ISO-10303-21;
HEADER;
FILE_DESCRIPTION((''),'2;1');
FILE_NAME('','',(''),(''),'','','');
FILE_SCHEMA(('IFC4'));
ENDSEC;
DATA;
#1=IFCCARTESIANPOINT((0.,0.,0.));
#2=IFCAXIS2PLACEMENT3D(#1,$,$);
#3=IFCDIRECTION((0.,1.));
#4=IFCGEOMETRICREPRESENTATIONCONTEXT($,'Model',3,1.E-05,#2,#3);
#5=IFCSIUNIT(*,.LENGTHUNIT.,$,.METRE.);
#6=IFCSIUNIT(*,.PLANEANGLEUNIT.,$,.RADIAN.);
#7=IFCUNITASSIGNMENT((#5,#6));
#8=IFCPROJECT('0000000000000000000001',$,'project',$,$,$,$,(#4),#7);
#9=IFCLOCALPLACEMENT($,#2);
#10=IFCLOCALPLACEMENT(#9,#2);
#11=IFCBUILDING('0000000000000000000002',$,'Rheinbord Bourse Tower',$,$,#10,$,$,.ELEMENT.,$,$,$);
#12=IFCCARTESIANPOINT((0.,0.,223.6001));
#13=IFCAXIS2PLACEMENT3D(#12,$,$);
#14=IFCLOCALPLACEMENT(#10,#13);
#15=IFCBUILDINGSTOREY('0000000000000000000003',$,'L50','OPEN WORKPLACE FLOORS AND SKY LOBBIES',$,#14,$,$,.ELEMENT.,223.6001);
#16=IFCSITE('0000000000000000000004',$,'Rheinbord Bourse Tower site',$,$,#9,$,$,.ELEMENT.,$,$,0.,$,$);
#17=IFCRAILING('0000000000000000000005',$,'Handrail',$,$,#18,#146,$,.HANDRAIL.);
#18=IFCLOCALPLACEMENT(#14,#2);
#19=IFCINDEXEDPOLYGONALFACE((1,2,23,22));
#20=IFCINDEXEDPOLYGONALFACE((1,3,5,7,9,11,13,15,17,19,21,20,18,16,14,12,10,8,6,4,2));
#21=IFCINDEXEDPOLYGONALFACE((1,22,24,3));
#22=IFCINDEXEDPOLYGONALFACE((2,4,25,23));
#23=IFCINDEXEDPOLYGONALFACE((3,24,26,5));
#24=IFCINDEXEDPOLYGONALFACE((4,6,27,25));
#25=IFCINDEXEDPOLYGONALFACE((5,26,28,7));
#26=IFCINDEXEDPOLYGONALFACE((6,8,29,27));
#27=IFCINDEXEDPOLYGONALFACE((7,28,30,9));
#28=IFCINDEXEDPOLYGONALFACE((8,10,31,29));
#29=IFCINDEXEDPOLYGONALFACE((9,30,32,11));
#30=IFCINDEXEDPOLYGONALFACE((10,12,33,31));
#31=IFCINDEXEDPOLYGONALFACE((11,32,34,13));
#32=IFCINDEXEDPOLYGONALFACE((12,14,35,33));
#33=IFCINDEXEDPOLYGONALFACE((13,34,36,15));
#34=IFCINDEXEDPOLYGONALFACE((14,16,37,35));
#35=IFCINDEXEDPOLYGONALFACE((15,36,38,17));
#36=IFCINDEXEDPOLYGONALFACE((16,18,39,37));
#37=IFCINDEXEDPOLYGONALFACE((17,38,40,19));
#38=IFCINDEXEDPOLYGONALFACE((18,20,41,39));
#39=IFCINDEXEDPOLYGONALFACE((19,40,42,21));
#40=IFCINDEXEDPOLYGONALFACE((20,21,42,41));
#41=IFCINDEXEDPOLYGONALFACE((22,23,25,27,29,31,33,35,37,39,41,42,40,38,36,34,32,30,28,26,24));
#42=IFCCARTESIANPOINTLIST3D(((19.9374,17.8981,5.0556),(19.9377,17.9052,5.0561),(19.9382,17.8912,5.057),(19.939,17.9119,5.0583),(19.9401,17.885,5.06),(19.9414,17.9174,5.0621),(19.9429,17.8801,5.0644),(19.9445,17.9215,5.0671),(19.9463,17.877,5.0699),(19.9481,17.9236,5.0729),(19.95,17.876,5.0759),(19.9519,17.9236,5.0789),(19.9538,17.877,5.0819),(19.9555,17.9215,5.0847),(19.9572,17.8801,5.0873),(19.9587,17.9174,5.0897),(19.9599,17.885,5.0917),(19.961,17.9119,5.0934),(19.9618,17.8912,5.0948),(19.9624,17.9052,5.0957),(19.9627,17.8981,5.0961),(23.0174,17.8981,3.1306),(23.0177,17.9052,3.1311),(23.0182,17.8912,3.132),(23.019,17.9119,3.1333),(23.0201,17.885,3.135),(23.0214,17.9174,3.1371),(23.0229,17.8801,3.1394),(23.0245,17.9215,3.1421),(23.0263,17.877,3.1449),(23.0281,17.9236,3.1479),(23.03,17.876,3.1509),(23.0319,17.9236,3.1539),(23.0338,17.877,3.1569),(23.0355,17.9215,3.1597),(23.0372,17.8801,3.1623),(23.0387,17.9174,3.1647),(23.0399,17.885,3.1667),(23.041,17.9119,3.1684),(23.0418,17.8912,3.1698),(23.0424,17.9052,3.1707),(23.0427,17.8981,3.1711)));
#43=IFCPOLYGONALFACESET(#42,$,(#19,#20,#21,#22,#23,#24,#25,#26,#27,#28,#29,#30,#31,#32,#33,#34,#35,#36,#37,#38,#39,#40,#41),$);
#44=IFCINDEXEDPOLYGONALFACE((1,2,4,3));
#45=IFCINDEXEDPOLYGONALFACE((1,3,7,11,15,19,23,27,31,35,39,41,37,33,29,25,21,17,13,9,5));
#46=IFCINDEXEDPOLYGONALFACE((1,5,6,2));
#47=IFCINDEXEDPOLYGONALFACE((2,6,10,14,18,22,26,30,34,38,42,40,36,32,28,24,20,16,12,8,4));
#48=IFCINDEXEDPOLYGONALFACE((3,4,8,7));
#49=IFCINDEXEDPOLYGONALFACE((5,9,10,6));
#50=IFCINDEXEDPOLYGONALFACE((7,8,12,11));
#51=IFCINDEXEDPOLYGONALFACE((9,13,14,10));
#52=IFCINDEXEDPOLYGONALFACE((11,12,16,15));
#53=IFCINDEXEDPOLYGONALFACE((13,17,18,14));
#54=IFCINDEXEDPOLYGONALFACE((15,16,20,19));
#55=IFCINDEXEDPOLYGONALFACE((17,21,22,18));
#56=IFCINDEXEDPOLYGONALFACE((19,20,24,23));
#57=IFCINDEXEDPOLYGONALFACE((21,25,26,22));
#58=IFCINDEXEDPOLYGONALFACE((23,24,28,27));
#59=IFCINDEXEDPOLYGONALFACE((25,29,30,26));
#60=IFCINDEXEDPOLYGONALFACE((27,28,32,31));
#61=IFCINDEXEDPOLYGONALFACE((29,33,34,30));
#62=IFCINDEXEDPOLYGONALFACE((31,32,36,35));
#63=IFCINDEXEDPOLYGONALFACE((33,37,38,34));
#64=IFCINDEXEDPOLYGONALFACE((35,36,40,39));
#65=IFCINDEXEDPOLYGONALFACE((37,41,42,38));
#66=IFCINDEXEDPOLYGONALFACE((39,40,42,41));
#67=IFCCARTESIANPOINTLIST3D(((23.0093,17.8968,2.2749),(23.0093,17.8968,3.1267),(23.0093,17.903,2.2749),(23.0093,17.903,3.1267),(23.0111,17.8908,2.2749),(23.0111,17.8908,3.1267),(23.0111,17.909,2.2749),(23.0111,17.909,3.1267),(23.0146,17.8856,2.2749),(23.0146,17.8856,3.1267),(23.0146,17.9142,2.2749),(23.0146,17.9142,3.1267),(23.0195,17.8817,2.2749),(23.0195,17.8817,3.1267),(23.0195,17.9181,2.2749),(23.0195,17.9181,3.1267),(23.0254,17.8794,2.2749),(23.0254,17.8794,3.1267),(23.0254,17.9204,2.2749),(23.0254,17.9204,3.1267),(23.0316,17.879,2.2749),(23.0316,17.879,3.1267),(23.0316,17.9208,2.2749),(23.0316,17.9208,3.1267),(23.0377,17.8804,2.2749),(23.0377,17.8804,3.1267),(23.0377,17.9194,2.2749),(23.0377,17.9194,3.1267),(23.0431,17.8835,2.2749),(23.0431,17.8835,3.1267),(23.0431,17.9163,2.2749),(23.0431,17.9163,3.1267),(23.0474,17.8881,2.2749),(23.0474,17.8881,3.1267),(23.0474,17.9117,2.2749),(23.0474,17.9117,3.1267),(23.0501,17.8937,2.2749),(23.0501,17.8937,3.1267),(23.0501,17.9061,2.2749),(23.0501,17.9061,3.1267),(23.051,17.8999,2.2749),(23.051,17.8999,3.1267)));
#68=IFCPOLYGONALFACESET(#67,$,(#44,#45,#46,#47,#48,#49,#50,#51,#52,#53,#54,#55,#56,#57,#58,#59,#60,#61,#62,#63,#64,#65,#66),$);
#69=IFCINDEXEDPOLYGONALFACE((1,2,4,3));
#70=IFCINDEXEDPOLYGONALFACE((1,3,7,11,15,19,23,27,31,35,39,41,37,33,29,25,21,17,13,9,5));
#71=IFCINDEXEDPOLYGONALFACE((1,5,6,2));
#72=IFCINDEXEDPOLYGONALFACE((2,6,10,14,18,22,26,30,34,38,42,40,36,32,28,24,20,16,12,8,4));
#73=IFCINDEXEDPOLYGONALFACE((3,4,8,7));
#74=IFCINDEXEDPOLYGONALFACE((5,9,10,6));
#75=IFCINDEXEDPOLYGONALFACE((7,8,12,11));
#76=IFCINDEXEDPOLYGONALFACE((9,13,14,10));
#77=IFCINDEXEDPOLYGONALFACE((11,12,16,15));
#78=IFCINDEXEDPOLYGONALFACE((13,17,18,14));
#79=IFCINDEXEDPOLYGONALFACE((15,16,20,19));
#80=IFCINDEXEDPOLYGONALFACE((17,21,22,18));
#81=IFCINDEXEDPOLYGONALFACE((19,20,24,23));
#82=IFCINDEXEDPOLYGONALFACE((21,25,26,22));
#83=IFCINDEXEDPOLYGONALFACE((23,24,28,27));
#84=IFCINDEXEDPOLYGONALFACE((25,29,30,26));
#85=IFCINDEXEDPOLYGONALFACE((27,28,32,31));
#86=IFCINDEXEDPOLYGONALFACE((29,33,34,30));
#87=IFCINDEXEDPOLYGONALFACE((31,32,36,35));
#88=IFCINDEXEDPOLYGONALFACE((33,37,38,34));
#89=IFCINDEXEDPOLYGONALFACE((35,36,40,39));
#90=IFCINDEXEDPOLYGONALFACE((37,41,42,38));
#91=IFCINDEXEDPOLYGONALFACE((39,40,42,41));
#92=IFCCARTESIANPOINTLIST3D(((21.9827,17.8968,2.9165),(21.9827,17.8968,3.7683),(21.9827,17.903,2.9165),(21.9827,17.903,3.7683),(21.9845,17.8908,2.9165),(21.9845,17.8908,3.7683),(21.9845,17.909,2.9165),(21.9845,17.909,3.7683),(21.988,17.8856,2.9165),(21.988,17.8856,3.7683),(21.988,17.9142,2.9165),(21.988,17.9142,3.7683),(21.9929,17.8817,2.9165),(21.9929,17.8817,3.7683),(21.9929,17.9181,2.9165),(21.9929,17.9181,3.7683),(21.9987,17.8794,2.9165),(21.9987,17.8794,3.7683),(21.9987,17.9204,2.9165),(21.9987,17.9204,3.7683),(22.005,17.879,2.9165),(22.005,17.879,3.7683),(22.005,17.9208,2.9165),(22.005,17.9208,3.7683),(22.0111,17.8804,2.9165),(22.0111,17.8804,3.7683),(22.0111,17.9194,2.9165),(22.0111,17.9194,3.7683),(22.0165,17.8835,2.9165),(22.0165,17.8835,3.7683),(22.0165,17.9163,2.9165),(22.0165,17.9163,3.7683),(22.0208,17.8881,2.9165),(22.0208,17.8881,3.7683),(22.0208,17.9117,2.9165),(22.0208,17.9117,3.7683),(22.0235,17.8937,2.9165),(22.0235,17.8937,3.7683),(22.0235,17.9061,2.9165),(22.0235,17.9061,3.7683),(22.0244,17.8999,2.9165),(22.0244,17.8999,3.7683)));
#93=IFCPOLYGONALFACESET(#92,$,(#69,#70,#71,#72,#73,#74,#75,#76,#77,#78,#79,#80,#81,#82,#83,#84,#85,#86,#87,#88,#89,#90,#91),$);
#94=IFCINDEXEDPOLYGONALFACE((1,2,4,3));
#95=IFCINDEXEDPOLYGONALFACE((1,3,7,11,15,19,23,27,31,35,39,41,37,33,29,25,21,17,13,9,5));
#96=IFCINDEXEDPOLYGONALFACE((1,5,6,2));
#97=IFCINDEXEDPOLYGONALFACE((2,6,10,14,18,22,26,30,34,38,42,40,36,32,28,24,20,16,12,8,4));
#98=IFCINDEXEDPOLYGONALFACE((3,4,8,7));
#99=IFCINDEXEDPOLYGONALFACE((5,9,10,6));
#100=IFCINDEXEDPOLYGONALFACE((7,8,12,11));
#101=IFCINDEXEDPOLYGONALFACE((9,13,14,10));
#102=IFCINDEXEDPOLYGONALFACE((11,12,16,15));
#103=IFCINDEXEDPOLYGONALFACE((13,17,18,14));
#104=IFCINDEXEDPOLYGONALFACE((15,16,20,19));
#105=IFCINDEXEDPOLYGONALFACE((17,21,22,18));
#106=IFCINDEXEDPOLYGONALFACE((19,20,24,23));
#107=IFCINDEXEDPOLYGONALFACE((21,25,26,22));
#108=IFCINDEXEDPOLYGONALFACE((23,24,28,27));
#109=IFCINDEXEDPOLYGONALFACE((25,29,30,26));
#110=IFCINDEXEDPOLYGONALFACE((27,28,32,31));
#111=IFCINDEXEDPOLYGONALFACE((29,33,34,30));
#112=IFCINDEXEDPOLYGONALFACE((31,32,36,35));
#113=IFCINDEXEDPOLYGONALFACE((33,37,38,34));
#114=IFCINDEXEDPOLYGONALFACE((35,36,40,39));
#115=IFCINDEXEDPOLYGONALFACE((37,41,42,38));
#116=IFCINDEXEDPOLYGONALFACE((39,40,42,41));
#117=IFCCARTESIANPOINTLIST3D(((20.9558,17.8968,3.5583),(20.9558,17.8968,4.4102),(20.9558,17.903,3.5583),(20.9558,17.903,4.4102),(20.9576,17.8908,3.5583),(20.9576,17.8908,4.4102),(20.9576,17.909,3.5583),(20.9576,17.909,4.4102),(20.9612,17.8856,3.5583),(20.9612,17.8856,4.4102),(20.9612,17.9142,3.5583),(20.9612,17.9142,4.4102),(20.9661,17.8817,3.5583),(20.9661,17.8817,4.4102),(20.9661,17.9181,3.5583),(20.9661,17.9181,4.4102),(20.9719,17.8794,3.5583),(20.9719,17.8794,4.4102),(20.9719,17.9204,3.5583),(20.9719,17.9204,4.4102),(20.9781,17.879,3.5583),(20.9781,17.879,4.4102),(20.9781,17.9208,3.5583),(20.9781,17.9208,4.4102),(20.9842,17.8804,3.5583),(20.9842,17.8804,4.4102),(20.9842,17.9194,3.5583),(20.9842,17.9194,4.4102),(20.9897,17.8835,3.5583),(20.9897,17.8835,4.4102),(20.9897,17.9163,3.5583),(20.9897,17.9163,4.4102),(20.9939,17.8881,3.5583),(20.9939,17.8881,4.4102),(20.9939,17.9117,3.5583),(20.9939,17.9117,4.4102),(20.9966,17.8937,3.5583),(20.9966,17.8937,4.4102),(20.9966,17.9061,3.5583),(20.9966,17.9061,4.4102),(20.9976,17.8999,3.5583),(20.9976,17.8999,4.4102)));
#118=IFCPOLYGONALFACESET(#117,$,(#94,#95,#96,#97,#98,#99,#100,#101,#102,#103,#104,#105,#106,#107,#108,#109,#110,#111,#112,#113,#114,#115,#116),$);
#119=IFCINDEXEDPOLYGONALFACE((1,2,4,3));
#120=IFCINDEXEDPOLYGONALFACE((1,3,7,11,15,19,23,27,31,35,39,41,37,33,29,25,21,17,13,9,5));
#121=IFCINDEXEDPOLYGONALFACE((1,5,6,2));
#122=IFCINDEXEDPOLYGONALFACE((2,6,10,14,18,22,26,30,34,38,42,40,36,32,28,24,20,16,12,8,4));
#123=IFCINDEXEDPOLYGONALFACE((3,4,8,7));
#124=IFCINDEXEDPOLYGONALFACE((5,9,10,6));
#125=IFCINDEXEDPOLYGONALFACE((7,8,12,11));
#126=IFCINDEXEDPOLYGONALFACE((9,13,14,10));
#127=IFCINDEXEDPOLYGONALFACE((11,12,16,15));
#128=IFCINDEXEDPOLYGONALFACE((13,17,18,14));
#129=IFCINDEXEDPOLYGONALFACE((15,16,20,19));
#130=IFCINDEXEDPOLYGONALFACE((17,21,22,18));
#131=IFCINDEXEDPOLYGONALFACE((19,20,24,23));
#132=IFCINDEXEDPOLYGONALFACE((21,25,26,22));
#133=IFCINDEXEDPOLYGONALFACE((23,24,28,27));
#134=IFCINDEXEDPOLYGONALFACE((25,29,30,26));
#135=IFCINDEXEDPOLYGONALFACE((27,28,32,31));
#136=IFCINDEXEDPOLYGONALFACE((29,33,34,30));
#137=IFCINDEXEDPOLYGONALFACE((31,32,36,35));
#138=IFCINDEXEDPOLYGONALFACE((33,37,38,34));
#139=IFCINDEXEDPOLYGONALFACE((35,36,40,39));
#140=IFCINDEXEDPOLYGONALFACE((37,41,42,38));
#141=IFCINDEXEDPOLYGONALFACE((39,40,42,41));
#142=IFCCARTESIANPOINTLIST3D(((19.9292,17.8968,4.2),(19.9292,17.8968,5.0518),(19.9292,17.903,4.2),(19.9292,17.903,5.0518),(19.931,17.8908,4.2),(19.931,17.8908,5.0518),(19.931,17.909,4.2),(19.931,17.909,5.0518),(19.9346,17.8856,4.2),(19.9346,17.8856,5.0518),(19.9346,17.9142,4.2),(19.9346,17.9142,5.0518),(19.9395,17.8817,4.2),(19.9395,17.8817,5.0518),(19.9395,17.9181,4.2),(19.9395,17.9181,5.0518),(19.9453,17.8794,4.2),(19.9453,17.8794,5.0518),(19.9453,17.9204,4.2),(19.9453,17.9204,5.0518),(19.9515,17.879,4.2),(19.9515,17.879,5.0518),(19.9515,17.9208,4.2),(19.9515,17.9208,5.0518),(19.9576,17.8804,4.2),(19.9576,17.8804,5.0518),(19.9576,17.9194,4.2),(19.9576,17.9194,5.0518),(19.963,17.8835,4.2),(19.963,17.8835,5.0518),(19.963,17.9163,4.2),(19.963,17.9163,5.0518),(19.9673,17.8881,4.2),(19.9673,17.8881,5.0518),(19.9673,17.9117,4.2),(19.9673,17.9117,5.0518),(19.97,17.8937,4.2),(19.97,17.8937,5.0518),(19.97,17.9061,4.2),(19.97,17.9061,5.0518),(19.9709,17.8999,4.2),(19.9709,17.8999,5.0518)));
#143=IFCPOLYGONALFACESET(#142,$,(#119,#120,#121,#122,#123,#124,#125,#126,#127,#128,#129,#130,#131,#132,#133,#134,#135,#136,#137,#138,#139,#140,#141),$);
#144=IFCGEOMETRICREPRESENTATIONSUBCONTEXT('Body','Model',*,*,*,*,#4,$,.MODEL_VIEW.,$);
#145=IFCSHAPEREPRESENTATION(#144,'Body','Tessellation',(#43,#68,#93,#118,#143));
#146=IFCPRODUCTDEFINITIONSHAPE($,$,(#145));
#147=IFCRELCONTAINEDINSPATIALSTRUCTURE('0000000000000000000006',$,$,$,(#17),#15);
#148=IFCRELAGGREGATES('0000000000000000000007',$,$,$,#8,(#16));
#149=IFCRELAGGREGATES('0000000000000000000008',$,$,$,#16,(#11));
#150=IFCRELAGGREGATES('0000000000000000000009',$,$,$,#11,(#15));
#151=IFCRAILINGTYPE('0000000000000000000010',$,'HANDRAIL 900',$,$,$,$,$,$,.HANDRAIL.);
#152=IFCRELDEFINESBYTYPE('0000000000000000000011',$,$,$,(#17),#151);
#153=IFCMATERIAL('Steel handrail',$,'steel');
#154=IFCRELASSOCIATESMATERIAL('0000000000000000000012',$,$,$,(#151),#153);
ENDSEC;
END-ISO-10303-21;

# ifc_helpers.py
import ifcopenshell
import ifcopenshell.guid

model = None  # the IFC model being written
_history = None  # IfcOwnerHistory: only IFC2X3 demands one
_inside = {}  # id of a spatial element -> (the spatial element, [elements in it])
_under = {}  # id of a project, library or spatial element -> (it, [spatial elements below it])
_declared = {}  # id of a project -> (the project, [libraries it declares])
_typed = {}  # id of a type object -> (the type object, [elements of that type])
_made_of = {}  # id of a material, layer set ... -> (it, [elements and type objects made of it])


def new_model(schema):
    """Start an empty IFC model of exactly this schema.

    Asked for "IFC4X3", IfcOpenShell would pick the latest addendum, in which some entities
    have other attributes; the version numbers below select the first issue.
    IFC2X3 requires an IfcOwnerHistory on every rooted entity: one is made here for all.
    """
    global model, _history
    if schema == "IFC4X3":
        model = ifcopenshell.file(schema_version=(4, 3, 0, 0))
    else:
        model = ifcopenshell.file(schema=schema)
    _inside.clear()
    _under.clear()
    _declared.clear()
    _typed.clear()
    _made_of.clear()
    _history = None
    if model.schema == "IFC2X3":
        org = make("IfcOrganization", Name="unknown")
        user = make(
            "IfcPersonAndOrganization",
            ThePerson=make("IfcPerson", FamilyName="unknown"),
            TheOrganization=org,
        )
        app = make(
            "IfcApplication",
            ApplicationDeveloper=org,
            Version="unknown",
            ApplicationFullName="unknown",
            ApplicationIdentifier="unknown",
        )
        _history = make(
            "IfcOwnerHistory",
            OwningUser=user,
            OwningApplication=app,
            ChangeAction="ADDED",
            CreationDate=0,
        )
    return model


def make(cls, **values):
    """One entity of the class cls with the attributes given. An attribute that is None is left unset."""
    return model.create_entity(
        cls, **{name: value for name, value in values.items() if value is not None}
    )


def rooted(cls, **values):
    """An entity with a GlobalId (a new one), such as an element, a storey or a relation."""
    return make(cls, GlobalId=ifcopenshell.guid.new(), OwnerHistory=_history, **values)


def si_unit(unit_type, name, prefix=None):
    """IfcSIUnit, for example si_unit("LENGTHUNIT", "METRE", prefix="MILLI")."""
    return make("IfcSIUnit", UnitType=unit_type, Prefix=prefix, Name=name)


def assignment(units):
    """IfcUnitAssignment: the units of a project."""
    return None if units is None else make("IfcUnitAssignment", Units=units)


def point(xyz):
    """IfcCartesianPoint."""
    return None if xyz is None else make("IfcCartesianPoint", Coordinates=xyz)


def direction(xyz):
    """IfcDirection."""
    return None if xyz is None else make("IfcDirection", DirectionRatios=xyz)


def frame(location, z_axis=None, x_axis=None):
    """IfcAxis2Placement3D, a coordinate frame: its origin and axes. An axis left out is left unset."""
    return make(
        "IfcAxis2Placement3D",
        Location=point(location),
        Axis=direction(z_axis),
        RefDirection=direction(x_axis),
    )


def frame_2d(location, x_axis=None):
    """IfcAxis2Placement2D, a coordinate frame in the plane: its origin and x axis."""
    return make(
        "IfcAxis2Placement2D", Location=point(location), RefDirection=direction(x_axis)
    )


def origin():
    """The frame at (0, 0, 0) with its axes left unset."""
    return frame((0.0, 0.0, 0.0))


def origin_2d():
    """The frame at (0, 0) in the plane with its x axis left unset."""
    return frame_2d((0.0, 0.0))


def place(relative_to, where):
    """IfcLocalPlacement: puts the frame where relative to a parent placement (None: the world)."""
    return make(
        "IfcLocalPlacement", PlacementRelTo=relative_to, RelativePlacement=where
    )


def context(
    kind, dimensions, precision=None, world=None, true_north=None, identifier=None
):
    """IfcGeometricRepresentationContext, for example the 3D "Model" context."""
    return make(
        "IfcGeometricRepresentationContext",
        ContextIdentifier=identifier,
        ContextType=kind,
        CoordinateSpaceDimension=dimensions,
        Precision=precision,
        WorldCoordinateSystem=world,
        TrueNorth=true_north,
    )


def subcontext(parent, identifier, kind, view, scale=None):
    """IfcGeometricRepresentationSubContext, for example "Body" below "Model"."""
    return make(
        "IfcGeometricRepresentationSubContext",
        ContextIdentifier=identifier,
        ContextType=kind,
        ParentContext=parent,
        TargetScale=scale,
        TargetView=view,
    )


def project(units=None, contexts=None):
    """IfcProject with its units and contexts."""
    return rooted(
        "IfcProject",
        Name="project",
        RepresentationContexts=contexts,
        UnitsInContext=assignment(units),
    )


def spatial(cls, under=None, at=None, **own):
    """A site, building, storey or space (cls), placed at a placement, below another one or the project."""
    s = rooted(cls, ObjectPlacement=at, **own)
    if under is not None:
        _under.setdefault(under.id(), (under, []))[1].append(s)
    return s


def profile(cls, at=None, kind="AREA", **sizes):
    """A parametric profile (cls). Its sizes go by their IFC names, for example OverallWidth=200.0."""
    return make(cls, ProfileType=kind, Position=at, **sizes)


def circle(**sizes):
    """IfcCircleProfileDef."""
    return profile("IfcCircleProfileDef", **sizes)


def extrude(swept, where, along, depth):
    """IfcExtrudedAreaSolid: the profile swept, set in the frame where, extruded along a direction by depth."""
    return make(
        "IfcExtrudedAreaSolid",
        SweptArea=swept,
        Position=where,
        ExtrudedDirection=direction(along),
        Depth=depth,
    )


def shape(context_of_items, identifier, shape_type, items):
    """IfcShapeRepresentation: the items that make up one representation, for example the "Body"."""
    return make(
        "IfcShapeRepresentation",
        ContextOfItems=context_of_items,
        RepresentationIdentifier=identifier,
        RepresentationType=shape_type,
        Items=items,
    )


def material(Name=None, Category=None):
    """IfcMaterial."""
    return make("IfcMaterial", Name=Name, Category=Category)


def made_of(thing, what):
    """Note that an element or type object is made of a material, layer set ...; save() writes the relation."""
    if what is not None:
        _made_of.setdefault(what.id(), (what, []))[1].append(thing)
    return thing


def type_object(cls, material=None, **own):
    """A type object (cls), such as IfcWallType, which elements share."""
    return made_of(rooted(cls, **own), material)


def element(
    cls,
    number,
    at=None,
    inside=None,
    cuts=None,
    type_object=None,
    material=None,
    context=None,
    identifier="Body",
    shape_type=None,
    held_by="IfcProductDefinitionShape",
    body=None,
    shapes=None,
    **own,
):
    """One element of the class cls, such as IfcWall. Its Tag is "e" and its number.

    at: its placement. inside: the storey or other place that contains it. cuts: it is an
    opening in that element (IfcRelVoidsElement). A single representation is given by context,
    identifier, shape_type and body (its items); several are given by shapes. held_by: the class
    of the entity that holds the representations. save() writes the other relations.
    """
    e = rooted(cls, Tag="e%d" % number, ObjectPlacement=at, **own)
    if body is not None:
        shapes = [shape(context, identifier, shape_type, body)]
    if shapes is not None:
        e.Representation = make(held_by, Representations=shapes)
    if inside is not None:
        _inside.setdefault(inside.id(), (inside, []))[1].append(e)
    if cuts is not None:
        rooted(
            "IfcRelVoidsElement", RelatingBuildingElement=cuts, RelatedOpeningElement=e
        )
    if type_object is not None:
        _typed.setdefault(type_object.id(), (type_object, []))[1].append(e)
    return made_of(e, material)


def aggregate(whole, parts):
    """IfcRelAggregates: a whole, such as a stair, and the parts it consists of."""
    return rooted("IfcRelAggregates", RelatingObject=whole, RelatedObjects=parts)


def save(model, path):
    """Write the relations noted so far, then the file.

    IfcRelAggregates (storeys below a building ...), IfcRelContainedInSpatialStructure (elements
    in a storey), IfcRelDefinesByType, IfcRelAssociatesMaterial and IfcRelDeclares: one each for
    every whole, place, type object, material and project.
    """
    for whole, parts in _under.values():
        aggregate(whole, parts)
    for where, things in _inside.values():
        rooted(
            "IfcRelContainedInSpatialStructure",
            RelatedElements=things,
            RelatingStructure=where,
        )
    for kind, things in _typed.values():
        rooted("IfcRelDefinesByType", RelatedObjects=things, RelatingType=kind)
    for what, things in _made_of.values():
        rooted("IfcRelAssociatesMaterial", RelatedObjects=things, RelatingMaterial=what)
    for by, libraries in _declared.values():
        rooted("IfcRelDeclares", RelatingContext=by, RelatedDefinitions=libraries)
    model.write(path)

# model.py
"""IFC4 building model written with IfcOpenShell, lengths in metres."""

from ifc_helpers import new_model, si_unit, direction, frame, origin, origin_2d, place, context, subcontext, project, spatial, circle, extrude, material, type_object, element, save


model = new_model("IFC4")

# Units and contexts
model_context = context("Model", 3, precision=1e-05, world=origin(), true_north=direction((0.0, 1.0)))
body_context = subcontext(model_context, "Body", "Model", "MODEL_VIEW")
ifc_project = project(units=[si_unit("LENGTHUNIT", "METRE"), si_unit("PLANEANGLEUNIT", "RADIAN")], contexts=[model_context])

# Site, building, storey
site_placement = place(None, origin())
site = spatial("IfcSite", under=ifc_project, at=site_placement, Name="Rheinbord Bourse Tower site", CompositionType="ELEMENT", RefElevation=0.0)
building_placement = place(site_placement, origin())
building = spatial("IfcBuilding", under=site, at=building_placement, Name="Rheinbord Bourse Tower", CompositionType="ELEMENT")
storey_placement = place(building_placement, frame((0.0, 0.0, 223.6001)))
storey = spatial("IfcBuildingStorey", under=building, at=storey_placement, Name="L50", Description="OPEN WORKPLACE FLOORS AND SKY LOBBIES", CompositionType="ELEMENT", Elevation=223.6001)

# Railing
ifc_material_1 = material(Name="Steel handrail", Category="steel")
railing_type = type_object("IfcRailingType", Name="HANDRAIL 900", PredefinedType="HANDRAIL", material=ifc_material_1)
railing_1_placement = place(storey_placement, frame((23.03, 17.8999, 2.2749)))
element("IfcRailing", 1, at=railing_1_placement, inside=storey, type_object=railing_type, Name="Handrail", PredefinedType="HANDRAIL", context=body_context, shape_type="SweptSolid", body=[
    extrude(circle(Radius=0.0239, at=origin_2d()), frame((0.0, 0.0, 0.876), z_axis=(-0.847998, 0.0, 0.529999), x_axis=(0.0, -1.0, 0.0)), (0.0, 0.0, 1.0), 3.6321),
    extrude(circle(Radius=0.021, at=origin_2d()), origin(), (0.0, 0.0, 1.0), 0.8518),
    extrude(circle(Radius=0.021, at=origin_2d()), frame((-1.0266, 0.0, 0.6416)), (0.0, 0.0, 1.0), 0.8518),
    extrude(circle(Radius=0.021, at=origin_2d()), frame((-2.0535, 0.0, 1.2834)), (0.0, 0.0, 1.0), 0.8518),
    extrude(circle(Radius=0.021, at=origin_2d()), frame((-3.0801, 0.0, 1.925)), (0.0, 0.0, 1.0), 0.8518),
])

save(model, "model.ifc")
